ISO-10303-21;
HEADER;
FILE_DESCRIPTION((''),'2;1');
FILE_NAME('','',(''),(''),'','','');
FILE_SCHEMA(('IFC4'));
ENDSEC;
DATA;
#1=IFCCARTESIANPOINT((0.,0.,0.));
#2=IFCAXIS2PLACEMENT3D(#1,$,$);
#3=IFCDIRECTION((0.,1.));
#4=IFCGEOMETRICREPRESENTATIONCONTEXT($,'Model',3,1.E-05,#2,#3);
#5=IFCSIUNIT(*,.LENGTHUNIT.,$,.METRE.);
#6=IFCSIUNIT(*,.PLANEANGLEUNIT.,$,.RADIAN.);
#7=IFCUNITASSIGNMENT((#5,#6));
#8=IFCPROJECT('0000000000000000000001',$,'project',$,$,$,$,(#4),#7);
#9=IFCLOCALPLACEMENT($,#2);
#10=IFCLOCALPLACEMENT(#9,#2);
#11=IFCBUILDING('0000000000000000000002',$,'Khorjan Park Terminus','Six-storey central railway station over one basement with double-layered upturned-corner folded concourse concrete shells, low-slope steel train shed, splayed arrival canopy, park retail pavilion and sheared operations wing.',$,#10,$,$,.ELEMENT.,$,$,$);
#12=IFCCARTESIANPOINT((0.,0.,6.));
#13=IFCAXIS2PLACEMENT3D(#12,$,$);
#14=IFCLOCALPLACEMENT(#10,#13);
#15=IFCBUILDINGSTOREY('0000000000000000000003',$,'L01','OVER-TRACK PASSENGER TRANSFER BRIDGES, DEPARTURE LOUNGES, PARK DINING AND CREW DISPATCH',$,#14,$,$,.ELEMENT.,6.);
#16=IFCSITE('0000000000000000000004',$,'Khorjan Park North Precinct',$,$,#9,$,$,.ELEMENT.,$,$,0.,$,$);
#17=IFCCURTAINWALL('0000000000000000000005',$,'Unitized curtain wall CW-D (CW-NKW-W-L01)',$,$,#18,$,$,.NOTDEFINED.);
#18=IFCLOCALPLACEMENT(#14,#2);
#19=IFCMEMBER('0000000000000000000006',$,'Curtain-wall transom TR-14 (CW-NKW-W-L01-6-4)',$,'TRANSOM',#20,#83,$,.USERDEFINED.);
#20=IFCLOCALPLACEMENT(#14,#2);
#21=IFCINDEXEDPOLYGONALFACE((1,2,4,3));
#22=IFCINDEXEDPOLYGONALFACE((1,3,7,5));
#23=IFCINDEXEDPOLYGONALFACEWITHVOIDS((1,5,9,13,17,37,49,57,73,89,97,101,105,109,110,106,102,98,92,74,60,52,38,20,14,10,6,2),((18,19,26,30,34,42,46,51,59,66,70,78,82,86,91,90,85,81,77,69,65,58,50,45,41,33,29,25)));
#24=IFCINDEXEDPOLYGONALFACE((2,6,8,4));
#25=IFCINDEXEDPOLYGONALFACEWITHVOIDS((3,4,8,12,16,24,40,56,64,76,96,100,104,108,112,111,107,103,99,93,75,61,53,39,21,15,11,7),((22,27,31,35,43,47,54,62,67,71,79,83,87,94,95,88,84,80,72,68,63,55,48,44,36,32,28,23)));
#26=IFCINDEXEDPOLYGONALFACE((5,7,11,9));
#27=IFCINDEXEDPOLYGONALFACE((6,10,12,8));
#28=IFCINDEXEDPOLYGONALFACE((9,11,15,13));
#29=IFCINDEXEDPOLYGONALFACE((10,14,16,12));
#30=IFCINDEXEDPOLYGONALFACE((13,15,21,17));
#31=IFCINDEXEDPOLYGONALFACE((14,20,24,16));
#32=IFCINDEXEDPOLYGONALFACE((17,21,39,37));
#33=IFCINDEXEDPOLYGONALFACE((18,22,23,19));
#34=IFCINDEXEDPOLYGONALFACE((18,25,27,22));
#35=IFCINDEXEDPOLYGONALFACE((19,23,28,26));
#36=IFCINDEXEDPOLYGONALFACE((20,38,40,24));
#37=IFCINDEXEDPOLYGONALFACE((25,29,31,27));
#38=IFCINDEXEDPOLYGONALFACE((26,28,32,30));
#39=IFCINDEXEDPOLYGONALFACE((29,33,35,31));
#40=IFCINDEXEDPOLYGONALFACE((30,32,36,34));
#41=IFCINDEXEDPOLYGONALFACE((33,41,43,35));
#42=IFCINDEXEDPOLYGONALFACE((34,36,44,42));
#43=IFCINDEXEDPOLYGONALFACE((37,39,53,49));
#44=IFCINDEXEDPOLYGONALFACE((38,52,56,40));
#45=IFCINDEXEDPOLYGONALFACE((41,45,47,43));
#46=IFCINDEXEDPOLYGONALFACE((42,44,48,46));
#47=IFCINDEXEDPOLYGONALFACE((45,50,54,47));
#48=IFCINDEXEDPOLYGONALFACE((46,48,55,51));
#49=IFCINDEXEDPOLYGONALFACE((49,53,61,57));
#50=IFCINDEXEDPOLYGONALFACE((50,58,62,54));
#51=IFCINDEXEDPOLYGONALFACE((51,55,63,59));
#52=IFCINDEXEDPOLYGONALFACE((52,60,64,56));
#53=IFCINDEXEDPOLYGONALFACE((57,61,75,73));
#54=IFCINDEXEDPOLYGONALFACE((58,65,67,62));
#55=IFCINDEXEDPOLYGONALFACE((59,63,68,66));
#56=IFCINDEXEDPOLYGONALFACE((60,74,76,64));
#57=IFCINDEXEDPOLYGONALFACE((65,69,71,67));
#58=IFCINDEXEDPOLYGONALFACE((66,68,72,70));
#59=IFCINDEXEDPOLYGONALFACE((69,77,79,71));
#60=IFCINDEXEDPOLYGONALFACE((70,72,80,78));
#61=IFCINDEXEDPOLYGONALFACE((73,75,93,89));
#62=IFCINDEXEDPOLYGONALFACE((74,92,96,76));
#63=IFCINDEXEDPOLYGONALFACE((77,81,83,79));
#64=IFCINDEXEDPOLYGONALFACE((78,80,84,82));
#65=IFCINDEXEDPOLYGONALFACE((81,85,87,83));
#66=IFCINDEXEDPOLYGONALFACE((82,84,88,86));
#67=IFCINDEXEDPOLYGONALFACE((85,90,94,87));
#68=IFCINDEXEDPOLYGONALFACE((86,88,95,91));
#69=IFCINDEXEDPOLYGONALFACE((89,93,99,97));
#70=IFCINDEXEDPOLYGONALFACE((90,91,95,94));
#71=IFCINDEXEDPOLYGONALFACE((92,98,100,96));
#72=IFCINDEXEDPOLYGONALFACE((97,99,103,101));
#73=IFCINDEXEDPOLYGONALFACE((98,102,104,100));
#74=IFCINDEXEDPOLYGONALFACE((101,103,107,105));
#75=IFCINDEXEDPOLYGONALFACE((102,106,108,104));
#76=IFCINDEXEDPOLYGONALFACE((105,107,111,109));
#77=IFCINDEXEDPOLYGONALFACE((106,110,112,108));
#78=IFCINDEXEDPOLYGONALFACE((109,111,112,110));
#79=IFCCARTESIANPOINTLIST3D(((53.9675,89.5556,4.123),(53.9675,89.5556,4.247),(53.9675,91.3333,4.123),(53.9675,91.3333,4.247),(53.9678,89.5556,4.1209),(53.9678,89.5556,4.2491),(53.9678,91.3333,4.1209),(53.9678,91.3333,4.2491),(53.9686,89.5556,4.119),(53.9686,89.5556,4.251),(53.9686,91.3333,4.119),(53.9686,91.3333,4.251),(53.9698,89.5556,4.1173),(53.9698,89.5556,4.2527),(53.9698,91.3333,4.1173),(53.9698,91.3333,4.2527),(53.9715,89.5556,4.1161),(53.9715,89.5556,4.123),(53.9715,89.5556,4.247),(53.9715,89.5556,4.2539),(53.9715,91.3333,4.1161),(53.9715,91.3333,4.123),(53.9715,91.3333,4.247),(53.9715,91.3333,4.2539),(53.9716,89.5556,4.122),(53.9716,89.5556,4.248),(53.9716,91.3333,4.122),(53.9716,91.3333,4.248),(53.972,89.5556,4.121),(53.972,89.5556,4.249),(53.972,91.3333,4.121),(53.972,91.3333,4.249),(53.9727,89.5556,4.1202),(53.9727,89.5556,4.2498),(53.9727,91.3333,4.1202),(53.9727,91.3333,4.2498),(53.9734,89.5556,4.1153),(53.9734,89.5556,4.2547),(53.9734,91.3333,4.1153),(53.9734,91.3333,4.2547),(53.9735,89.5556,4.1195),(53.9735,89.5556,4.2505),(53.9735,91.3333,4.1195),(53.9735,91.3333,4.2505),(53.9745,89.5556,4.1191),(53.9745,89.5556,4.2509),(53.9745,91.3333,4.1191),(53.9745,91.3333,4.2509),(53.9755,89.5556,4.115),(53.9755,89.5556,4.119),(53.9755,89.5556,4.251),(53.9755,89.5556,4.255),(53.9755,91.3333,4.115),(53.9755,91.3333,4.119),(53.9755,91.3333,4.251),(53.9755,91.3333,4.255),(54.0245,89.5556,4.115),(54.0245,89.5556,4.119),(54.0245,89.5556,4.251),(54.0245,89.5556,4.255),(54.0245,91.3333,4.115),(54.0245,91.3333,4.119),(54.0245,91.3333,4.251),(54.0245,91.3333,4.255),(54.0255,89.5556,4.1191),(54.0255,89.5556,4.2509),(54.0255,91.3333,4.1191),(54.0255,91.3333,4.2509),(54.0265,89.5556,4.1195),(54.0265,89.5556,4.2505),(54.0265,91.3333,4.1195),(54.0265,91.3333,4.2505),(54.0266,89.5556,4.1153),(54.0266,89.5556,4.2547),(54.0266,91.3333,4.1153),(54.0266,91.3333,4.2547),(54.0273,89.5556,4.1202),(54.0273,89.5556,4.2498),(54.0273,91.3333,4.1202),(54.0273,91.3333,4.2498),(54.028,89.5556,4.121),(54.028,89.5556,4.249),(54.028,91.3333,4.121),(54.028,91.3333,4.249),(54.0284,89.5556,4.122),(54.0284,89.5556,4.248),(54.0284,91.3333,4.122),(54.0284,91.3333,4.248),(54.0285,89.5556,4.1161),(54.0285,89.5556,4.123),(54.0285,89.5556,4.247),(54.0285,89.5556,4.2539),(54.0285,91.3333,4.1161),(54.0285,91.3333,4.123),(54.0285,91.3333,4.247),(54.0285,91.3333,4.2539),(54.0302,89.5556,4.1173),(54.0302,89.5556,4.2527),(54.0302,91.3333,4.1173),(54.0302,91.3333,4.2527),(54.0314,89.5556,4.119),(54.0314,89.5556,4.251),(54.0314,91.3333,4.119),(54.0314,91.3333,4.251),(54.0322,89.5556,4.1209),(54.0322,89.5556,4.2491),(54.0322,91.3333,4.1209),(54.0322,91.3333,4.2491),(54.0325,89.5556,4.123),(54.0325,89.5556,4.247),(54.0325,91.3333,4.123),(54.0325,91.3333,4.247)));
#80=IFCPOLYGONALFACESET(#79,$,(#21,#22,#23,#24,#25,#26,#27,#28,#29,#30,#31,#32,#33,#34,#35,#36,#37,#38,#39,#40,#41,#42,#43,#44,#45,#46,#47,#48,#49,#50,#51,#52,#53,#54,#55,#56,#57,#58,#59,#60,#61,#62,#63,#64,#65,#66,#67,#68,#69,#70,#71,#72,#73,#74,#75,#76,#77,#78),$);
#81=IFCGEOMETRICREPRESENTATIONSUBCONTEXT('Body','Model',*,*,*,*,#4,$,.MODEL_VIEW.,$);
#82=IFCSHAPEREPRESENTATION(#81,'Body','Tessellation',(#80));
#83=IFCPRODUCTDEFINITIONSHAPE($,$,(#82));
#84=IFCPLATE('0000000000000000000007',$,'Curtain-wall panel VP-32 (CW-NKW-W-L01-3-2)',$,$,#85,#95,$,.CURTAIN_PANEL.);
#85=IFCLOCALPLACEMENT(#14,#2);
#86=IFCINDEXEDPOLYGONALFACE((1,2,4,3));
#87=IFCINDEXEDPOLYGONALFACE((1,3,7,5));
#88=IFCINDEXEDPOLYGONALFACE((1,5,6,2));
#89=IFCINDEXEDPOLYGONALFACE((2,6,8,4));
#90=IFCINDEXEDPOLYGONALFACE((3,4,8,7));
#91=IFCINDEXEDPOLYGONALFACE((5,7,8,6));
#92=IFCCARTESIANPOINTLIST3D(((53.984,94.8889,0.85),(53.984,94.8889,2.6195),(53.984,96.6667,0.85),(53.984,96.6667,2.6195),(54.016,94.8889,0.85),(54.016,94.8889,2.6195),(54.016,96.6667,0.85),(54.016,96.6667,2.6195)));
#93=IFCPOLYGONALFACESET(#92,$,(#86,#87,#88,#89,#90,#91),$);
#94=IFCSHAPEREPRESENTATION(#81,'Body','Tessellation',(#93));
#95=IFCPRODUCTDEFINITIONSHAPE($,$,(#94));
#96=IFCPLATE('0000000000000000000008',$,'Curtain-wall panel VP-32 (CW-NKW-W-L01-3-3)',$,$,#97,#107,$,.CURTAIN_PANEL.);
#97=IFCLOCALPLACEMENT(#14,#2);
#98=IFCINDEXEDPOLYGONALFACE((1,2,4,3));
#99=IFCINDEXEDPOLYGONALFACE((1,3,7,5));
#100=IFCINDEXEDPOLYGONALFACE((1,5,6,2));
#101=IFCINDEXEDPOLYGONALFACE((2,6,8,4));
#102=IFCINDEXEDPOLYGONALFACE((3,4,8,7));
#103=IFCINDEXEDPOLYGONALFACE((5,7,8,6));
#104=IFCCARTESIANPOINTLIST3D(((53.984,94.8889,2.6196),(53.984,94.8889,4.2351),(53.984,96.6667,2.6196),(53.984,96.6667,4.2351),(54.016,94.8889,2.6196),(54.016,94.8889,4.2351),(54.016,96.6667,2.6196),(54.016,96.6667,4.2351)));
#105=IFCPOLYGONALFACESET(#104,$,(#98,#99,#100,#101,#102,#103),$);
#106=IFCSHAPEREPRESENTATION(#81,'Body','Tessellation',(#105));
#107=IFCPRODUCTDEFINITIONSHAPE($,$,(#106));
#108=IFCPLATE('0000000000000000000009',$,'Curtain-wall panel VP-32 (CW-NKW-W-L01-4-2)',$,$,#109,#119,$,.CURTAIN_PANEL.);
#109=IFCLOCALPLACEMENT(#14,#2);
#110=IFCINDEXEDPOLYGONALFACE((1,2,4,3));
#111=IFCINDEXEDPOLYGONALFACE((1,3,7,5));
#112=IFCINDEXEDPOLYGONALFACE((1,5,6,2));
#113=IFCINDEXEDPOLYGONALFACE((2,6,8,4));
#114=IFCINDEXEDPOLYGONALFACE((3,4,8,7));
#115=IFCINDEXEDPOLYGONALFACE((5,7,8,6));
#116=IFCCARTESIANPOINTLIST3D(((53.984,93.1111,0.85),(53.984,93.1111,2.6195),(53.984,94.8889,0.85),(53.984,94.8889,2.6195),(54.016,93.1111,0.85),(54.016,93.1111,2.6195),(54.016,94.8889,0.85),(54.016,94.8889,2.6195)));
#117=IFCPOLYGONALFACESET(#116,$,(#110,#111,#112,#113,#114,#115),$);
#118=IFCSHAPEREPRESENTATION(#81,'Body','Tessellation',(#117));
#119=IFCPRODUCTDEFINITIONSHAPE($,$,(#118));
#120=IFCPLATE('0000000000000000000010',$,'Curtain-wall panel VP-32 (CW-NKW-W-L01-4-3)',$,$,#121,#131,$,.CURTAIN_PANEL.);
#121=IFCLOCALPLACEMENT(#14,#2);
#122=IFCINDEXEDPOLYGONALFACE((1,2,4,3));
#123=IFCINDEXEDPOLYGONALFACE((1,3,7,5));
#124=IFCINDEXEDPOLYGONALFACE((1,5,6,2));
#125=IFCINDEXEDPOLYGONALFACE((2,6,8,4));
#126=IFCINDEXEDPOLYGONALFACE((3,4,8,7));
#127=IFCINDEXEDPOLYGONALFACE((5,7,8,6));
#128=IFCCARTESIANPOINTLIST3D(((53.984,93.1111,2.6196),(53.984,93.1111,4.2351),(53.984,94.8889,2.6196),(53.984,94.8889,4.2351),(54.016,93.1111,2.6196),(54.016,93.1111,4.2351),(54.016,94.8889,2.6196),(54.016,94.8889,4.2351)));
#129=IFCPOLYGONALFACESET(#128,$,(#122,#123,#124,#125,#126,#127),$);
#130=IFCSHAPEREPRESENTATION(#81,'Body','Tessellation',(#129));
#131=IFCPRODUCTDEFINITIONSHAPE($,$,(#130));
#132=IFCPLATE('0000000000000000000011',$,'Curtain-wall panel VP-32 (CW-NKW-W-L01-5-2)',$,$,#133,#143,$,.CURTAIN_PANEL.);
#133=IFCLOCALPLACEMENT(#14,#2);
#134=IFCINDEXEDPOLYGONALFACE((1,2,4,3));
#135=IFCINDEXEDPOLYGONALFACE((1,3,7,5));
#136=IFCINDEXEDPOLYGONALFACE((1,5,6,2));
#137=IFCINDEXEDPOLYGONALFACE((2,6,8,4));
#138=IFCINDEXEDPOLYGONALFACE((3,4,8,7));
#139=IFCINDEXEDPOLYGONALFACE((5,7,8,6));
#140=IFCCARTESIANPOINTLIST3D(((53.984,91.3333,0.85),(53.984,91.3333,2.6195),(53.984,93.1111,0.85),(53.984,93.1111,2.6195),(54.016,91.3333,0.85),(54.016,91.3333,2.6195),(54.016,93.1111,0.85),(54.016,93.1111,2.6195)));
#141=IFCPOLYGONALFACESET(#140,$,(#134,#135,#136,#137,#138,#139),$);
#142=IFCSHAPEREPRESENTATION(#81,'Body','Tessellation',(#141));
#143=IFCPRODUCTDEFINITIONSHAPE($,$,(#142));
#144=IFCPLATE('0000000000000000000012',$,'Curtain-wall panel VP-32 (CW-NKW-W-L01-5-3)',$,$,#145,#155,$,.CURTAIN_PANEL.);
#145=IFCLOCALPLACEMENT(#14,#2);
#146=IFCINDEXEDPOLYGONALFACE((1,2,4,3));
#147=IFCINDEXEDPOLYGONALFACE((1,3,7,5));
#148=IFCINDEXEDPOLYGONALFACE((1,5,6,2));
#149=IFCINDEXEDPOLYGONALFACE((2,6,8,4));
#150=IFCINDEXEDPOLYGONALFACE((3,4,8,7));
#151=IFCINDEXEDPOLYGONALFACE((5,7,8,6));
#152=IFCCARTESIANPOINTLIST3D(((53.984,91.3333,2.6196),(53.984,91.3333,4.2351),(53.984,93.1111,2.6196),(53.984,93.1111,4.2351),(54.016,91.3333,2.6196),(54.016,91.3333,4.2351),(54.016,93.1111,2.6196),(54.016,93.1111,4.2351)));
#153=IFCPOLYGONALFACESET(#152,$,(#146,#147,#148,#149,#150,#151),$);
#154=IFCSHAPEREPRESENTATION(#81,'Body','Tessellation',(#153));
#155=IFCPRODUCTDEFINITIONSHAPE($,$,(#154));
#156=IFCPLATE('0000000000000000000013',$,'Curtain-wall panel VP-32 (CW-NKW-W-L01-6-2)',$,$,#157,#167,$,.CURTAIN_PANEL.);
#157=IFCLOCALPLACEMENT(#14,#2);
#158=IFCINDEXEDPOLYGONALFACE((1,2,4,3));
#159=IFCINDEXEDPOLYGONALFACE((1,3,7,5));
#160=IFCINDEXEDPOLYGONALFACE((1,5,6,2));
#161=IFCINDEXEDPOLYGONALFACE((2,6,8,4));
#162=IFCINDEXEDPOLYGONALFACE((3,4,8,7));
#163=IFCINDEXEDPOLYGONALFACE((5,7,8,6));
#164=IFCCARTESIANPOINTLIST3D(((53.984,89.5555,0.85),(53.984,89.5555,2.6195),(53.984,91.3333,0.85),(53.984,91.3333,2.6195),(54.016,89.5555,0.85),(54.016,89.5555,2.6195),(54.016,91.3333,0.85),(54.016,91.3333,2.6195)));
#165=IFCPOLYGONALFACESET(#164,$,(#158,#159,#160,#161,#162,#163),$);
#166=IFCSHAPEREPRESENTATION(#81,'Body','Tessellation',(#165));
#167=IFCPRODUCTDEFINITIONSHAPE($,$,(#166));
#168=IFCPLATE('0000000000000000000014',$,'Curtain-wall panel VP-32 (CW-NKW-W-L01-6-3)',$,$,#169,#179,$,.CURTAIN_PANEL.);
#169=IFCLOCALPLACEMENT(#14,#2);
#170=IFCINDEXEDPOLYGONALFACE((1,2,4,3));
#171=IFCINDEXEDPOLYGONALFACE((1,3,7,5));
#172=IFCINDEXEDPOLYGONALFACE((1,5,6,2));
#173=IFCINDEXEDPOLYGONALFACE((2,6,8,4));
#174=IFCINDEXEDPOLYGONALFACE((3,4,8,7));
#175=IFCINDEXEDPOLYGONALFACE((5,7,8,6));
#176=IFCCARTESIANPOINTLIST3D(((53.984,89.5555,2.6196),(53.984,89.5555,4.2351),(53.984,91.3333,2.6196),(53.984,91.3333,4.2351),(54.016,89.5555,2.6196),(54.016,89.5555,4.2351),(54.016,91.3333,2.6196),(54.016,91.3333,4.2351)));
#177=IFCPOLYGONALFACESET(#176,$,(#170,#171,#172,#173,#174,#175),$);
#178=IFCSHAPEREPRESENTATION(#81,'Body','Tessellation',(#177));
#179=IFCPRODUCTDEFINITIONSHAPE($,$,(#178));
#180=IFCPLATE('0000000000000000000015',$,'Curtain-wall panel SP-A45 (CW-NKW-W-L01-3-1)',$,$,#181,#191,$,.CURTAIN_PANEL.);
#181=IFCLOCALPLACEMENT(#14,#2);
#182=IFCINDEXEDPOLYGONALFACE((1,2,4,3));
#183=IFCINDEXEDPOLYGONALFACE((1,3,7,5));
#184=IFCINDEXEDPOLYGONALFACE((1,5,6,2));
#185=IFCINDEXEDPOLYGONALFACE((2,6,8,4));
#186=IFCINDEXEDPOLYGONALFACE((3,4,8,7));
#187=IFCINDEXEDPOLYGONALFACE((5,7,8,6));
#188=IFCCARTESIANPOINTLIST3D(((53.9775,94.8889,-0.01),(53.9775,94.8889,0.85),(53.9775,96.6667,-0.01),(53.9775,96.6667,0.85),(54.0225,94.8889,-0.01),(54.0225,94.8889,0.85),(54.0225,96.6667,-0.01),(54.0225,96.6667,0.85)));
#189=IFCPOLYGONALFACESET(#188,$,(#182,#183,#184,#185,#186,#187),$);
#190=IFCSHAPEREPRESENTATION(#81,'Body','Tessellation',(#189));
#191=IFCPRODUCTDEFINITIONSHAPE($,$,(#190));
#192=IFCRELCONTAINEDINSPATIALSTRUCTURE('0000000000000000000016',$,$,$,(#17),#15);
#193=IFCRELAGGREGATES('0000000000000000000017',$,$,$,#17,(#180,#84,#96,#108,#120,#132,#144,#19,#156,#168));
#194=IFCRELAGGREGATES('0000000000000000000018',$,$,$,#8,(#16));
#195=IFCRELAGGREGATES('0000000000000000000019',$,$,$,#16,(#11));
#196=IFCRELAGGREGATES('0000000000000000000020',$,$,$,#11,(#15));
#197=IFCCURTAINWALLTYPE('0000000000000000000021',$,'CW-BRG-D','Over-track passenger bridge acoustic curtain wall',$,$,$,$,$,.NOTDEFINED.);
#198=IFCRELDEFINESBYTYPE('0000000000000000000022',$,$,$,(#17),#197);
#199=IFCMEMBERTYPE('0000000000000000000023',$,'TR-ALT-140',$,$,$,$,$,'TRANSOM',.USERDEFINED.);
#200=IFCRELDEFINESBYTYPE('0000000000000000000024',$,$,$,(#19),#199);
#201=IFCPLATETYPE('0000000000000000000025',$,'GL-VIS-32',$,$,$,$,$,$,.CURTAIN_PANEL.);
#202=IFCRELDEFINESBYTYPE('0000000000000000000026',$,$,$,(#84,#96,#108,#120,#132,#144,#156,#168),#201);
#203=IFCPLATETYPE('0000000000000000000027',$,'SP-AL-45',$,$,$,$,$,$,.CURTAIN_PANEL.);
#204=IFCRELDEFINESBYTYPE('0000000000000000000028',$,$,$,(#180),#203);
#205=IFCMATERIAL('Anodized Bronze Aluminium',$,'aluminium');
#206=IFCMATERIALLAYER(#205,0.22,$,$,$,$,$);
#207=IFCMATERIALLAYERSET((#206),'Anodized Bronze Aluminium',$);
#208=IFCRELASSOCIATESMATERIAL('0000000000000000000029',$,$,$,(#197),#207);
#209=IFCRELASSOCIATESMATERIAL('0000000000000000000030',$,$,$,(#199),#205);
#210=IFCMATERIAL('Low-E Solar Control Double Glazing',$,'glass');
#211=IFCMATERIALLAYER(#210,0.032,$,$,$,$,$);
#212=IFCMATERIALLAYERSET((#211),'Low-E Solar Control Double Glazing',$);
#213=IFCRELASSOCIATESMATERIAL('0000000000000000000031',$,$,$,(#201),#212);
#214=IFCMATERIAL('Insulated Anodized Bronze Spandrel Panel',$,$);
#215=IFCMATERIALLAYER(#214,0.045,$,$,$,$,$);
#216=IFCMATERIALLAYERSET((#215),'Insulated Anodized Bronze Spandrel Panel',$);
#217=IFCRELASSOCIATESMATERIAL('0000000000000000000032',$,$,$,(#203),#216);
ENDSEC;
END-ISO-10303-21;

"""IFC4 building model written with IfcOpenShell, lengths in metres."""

from ifc_helpers import new_model, si_unit, direction, frame, origin, origin_2d, place, context, subcontext, project, spatial, rectangle, hollow_rectangle, extrude, material, layer, layer_set, material_profile, profile_set, type_object, element, aggregate, save


model = new_model("IFC4")

# Units and contexts
model_context = context("Model", 3, precision=1e-05, world=origin(), true_north=direction((0.0, 1.0)))
body_context = subcontext(model_context, "Body", "Model", "MODEL_VIEW")
ifc_project = project(units=[si_unit("LENGTHUNIT", "METRE"), si_unit("PLANEANGLEUNIT", "RADIAN")], contexts=[model_context])

# Site, building, storey
site_placement = place(None, origin())
site = spatial("IfcSite", under=ifc_project, at=site_placement, Name="Khorjan Park North Precinct", CompositionType="ELEMENT", RefElevation=0.0)
building_placement = place(site_placement, origin())
building = spatial("IfcBuilding", under=site, at=building_placement, Name="Khorjan Park Terminus", Description="Six-storey central railway station over one basement with double-layered upturned-corner folded concourse concrete shells, low-slope steel train shed, splayed arrival canopy, park retail pavilion and sheared operations wing.", CompositionType="ELEMENT")
storey_placement = place(building_placement, frame((0.0, 0.0, 6.0)))
storey = spatial("IfcBuildingStorey", under=building, at=storey_placement, Name="L01", Description="OVER-TRACK PASSENGER TRANSFER BRIDGES, DEPARTURE LOUNGES, PARK DINING AND CREW DISPATCH", CompositionType="ELEMENT", Elevation=6.0)

# Curtain wall, member, plates
ifc_material_1 = material(Name="Anodized Bronze Aluminium", Category="aluminium")
ifc_layer_1 = layer(ifc_material_1, 0.22)
ifc_layer_set_1 = layer_set([ifc_layer_1], Name="Anodized Bronze Aluminium")
curtain_wall_type = type_object("IfcCurtainWallType", Name="CW-BRG-D", Description="Over-track passenger bridge acoustic curtain wall", PredefinedType="NOTDEFINED", material=ifc_layer_set_1)
curtain_wall_placement = place(storey_placement, origin())
curtain_wall = element("IfcCurtainWall", 1, at=curtain_wall_placement, inside=storey, type_object=curtain_wall_type, Name="Unitized curtain wall CW-D (CW-NKW-W-L01)", PredefinedType="NOTDEFINED")
ifc_material_profile_1 = material_profile(ifc_material_1, hollow_rectangle(XDim=0.065, YDim=0.14, WallThickness=0.004, InnerFilletRadius=0.004, OuterFilletRadius=0.008, at=origin_2d()), Name="ALT 65x140x4")
ifc_profile_set_1 = profile_set([ifc_material_profile_1], Name="Anodized Bronze Aluminium")
member_type_1 = type_object("IfcMemberType", Name="TR-ALT-140", ElementType="TRANSOM", PredefinedType="USERDEFINED", material=ifc_profile_set_1)
member_1_placement = place(storey_placement, frame((54.0, 91.3333, 4.185), z_axis=(0.0, -1.0, 0.0), x_axis=(1.0, 0.0, 0.0)))
member_1 = element("IfcMember", 2, at=member_1_placement, type_object=member_type_1, Name="Curtain-wall transom TR-14 (CW-NKW-W-L01-6-4)", ObjectType="TRANSOM", PredefinedType="USERDEFINED", context=body_context, shape_type="SweptSolid", body=[
    extrude(hollow_rectangle(XDim=0.065, YDim=0.14, WallThickness=0.004, InnerFilletRadius=0.004, OuterFilletRadius=0.008, at=origin_2d()), origin(), (0.0, 0.0, 1.0), 1.7777),
])
ifc_material_2 = material(Name="Low-E Solar Control Double Glazing", Category="glass")
ifc_layer_2 = layer(ifc_material_2, 0.032)
ifc_layer_set_2 = layer_set([ifc_layer_2], Name="Low-E Solar Control Double Glazing")
plate_type_1 = type_object("IfcPlateType", Name="GL-VIS-32", PredefinedType="CURTAIN_PANEL", material=ifc_layer_set_2)
plate_1_placement = place(storey_placement, frame((54.0, 95.7778, 0.85), z_axis=(0.0, 0.0, 1.0), x_axis=(0.0, -1.0, 0.0)))
plate_1 = element("IfcPlate", 3, at=plate_1_placement, type_object=plate_type_1, Name="Curtain-wall panel VP-32 (CW-NKW-W-L01-3-2)", PredefinedType="CURTAIN_PANEL", context=body_context, shape_type="SweptSolid", body=[
    extrude(rectangle(XDim=1.7778, YDim=0.032, at=origin_2d()), origin(), (0.0, 0.0, 1.0), 1.7695),
])
plate_2_placement = place(storey_placement, frame((54.0, 95.7778, 2.6196), z_axis=(0.0, 0.0, 1.0), x_axis=(0.0, -1.0, 0.0)))
plate_2 = element("IfcPlate", 4, at=plate_2_placement, type_object=plate_type_1, Name="Curtain-wall panel VP-32 (CW-NKW-W-L01-3-3)", PredefinedType="CURTAIN_PANEL", context=body_context, shape_type="SweptSolid", body=[
    extrude(rectangle(XDim=1.7778, YDim=0.032, at=origin_2d()), origin(), (0.0, 0.0, 1.0), 1.6155),
])
plate_3_placement = place(storey_placement, frame((54.0, 94.0, 0.85), z_axis=(0.0, 0.0, 1.0), x_axis=(0.0, -1.0, 0.0)))
plate_3 = element("IfcPlate", 5, at=plate_3_placement, type_object=plate_type_1, Name="Curtain-wall panel VP-32 (CW-NKW-W-L01-4-2)", PredefinedType="CURTAIN_PANEL", context=body_context, shape_type="SweptSolid", body=[
    extrude(rectangle(XDim=1.7778, YDim=0.032, at=origin_2d()), origin(), (0.0, 0.0, 1.0), 1.7695),
])
plate_4_placement = place(storey_placement, frame((54.0, 94.0, 2.6196), z_axis=(0.0, 0.0, 1.0), x_axis=(0.0, -1.0, 0.0)))
plate_4 = element("IfcPlate", 6, at=plate_4_placement, type_object=plate_type_1, Name="Curtain-wall panel VP-32 (CW-NKW-W-L01-4-3)", PredefinedType="CURTAIN_PANEL", context=body_context, shape_type="SweptSolid", body=[
    extrude(rectangle(XDim=1.7778, YDim=0.032, at=origin_2d()), origin(), (0.0, 0.0, 1.0), 1.6155),
])
plate_5_placement = place(storey_placement, frame((54.0, 92.2222, 0.85), z_axis=(0.0, 0.0, 1.0), x_axis=(0.0, -1.0, 0.0)))
plate_5 = element("IfcPlate", 7, at=plate_5_placement, type_object=plate_type_1, Name="Curtain-wall panel VP-32 (CW-NKW-W-L01-5-2)", PredefinedType="CURTAIN_PANEL", context=body_context, shape_type="SweptSolid", body=[
    extrude(rectangle(XDim=1.7778, YDim=0.032, at=origin_2d()), origin(), (0.0, 0.0, 1.0), 1.7695),
])
plate_6_placement = place(storey_placement, frame((54.0, 92.2222, 2.6196), z_axis=(0.0, 0.0, 1.0), x_axis=(0.0, -1.0, 0.0)))
plate_6 = element("IfcPlate", 8, at=plate_6_placement, type_object=plate_type_1, Name="Curtain-wall panel VP-32 (CW-NKW-W-L01-5-3)", PredefinedType="CURTAIN_PANEL", context=body_context, shape_type="SweptSolid", body=[
    extrude(rectangle(XDim=1.7778, YDim=0.032, at=origin_2d()), origin(), (0.0, 0.0, 1.0), 1.6155),
])
plate_7_placement = place(storey_placement, frame((54.0, 90.4444, 0.85), z_axis=(0.0, 0.0, 1.0), x_axis=(0.0, -1.0, 0.0)))
plate_7 = element("IfcPlate", 9, at=plate_7_placement, type_object=plate_type_1, Name="Curtain-wall panel VP-32 (CW-NKW-W-L01-6-2)", PredefinedType="CURTAIN_PANEL", context=body_context, shape_type="SweptSolid", body=[
    extrude(rectangle(XDim=1.7778, YDim=0.032, at=origin_2d()), origin(), (0.0, 0.0, 1.0), 1.7695),
])
plate_8_placement = place(storey_placement, frame((54.0, 90.4444, 2.6196), z_axis=(0.0, 0.0, 1.0), x_axis=(0.0, -1.0, 0.0)))
plate_8 = element("IfcPlate", 10, at=plate_8_placement, type_object=plate_type_1, Name="Curtain-wall panel VP-32 (CW-NKW-W-L01-6-3)", PredefinedType="CURTAIN_PANEL", context=body_context, shape_type="SweptSolid", body=[
    extrude(rectangle(XDim=1.7778, YDim=0.032, at=origin_2d()), origin(), (0.0, 0.0, 1.0), 1.6155),
])
ifc_material_3 = material(Name="Insulated Anodized Bronze Spandrel Panel")
ifc_layer_3 = layer(ifc_material_3, 0.045)
ifc_layer_set_3 = layer_set([ifc_layer_3], Name="Insulated Anodized Bronze Spandrel Panel")
plate_type_2 = type_object("IfcPlateType", Name="SP-AL-45", PredefinedType="CURTAIN_PANEL", material=ifc_layer_set_3)
plate_9_placement = place(storey_placement, frame((54.0, 95.7778, -0.01), z_axis=(0.0, 0.0, 1.0), x_axis=(0.0, -1.0, 0.0)))
plate_9 = element("IfcPlate", 11, at=plate_9_placement, type_object=plate_type_2, Name="Curtain-wall panel SP-A45 (CW-NKW-W-L01-3-1)", PredefinedType="CURTAIN_PANEL", context=body_context, shape_type="SweptSolid", body=[
    extrude(rectangle(XDim=1.7778, YDim=0.045, at=origin_2d()), origin(), (0.0, 0.0, 1.0), 0.86),
])
aggregate(curtain_wall, [plate_9, plate_1, plate_2, plate_3, plate_4, plate_5, plate_6, member_1, plate_7, plate_8])

save(model, "model.ifc")
